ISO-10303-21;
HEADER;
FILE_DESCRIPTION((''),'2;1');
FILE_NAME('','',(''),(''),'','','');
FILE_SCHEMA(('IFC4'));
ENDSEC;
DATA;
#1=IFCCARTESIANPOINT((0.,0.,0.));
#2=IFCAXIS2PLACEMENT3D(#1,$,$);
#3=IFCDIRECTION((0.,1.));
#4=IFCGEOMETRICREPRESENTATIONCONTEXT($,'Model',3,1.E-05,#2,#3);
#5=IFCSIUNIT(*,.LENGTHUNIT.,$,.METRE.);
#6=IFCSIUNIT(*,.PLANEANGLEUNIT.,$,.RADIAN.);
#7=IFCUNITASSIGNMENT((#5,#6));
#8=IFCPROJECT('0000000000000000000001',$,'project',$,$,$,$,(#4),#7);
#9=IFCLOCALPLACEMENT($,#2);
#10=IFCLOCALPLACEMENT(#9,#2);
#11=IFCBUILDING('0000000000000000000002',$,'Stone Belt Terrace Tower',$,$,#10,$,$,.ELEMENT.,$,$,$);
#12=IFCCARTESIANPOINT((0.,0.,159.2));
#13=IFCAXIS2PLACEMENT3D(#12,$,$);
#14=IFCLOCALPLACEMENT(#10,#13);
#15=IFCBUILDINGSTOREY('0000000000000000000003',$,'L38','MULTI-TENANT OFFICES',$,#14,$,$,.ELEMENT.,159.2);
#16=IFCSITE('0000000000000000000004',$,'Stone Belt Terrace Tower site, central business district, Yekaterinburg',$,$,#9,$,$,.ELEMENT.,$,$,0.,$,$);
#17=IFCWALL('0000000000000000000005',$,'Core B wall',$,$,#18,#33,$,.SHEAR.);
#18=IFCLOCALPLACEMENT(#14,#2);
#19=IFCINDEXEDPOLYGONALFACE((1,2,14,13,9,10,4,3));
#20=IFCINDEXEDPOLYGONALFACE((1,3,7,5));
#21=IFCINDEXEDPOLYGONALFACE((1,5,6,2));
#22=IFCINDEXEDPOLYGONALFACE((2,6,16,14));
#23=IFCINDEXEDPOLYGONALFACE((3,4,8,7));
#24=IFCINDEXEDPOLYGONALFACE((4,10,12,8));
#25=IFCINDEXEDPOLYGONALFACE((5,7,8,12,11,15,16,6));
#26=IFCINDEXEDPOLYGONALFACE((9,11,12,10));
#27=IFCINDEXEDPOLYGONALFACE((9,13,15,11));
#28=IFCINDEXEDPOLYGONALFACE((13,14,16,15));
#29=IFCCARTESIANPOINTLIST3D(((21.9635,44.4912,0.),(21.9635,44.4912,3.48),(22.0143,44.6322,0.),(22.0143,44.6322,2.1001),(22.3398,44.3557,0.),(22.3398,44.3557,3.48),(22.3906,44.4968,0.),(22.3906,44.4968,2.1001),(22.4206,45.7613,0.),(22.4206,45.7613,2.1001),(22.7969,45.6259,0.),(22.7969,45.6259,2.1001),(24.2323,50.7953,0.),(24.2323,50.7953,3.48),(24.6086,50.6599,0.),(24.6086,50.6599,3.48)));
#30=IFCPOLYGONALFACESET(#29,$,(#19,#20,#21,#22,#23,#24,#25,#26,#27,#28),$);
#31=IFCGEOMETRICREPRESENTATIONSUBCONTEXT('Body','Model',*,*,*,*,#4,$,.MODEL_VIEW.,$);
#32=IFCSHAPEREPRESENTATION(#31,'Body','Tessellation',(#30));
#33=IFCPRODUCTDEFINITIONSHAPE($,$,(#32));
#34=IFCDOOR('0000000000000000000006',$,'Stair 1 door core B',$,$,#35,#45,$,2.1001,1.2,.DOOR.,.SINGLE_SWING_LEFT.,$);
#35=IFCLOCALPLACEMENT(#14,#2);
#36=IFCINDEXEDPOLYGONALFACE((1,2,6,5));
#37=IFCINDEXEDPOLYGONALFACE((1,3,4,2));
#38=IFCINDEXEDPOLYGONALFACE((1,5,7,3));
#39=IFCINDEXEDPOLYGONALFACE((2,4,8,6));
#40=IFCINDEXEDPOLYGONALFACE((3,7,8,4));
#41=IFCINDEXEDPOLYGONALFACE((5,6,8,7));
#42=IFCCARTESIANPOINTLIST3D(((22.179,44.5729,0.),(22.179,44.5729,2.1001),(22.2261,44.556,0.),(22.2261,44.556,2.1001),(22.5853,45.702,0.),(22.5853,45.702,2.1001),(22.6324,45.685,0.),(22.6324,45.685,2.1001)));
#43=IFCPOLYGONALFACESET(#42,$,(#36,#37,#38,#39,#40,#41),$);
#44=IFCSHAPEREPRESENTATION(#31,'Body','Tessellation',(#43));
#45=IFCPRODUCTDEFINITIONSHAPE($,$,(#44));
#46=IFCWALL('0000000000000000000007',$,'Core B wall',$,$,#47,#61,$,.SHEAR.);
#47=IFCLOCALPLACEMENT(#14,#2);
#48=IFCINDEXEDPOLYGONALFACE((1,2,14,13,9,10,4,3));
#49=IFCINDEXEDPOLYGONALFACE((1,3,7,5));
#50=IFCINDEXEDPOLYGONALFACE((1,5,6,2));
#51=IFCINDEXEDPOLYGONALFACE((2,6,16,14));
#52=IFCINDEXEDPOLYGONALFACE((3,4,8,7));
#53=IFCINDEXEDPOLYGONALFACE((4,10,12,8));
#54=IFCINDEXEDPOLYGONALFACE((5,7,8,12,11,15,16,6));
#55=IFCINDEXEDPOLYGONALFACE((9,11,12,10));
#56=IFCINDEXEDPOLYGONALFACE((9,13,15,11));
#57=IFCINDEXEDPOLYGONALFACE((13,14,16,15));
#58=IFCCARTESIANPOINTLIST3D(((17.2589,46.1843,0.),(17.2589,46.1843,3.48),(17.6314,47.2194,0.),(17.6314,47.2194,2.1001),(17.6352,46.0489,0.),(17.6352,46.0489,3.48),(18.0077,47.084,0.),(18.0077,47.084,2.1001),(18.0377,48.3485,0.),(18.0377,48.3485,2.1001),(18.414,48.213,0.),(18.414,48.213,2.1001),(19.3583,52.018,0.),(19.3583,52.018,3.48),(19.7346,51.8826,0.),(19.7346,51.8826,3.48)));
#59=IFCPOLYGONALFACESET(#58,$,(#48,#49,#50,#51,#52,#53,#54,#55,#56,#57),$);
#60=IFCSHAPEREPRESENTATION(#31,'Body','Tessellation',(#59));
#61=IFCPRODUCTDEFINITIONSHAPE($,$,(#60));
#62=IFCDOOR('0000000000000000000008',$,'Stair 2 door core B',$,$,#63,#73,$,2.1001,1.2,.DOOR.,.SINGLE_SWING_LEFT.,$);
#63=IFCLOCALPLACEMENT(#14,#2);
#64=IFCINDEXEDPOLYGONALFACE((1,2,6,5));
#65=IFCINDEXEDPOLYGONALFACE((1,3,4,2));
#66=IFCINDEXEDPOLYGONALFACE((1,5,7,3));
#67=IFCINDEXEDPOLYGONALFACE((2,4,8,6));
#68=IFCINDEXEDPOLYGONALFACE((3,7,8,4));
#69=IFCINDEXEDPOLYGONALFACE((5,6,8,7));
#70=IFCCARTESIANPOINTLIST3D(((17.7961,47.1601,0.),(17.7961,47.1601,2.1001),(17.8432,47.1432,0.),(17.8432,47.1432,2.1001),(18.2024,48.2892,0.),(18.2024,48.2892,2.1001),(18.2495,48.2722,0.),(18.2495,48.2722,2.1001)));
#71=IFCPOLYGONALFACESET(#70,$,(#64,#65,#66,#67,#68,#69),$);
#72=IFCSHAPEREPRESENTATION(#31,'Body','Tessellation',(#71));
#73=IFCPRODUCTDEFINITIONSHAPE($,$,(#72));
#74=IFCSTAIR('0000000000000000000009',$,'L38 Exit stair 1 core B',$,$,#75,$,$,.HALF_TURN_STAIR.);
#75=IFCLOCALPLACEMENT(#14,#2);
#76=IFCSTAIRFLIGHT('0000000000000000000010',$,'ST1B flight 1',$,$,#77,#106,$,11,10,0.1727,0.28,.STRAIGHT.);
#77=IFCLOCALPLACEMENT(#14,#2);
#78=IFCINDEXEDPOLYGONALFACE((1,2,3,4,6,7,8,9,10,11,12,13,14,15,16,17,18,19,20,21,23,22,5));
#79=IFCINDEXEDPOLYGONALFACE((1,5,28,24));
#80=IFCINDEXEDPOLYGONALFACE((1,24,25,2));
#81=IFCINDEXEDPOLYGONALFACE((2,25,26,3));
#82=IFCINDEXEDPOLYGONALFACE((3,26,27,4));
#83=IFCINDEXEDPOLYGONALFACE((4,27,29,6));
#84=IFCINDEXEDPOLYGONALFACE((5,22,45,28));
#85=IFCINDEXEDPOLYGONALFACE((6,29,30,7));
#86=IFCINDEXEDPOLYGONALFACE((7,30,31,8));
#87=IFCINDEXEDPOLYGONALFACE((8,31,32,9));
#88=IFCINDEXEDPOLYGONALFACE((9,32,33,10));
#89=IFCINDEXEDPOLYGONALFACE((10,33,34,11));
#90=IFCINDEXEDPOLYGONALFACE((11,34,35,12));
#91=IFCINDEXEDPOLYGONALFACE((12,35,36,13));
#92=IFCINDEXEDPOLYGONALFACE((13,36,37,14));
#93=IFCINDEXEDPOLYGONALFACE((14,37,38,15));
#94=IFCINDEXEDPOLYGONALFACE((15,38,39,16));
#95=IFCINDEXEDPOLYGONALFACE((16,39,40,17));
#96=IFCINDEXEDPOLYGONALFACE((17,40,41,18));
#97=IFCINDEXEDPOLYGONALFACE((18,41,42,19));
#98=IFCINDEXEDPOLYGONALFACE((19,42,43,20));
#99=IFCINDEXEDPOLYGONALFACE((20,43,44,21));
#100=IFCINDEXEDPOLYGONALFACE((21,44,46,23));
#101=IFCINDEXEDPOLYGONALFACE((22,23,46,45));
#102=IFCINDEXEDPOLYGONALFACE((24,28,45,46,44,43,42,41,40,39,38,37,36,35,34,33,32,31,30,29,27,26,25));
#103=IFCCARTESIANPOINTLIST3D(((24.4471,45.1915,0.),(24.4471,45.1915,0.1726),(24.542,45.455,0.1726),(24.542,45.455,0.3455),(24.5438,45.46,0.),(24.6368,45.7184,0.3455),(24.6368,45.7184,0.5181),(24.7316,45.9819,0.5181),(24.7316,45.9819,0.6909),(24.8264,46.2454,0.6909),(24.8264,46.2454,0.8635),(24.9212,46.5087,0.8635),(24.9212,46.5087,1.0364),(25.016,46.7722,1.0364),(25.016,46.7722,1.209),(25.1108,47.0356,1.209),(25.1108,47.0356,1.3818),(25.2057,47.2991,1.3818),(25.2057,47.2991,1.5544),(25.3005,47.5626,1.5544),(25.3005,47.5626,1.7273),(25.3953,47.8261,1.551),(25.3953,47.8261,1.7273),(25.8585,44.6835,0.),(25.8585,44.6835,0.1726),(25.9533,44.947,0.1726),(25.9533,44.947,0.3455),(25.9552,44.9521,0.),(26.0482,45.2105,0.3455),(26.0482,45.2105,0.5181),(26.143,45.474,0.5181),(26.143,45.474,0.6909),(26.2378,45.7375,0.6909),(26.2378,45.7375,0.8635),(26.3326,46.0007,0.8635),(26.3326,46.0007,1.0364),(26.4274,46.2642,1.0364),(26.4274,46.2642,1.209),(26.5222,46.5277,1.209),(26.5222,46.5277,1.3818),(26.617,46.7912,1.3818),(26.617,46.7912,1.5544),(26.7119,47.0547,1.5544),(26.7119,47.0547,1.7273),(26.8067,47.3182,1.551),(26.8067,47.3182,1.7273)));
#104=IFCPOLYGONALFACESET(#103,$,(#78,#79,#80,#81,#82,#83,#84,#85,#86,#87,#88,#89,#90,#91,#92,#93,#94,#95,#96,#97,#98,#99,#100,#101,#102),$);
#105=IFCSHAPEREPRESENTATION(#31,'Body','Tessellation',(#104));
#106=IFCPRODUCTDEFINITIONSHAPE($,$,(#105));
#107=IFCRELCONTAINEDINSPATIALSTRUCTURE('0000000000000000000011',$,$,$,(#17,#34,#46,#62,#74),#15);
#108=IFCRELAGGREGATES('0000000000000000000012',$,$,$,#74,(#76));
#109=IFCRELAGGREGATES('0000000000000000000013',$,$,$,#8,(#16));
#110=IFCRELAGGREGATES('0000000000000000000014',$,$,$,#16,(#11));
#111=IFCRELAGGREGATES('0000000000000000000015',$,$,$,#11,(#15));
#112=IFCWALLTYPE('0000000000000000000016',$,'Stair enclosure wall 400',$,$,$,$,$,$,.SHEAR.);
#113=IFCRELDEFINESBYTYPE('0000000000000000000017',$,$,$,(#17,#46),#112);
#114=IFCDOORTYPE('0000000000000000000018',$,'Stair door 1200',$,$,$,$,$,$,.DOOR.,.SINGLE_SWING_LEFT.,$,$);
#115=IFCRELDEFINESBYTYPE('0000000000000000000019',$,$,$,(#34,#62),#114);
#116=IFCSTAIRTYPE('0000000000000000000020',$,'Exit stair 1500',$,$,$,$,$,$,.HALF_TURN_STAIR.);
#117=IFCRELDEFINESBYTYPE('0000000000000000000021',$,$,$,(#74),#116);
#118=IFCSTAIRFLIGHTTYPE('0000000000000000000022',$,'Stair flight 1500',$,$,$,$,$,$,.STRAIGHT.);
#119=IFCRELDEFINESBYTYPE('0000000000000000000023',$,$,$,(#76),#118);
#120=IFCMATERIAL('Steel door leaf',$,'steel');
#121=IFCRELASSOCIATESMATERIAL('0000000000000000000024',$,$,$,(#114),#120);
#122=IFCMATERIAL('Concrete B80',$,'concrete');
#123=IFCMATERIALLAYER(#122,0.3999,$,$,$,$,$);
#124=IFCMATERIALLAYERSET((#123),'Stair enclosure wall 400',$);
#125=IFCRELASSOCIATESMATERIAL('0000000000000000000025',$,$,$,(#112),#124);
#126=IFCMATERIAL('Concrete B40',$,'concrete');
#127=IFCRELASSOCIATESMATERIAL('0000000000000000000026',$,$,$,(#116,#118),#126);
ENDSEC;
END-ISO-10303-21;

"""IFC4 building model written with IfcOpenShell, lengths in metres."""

from ifc_helpers import new_model, si_unit, direction, frame, frame_2d, origin, place, context, subcontext, project, spatial, polyline, rectangle, outline, extrude, material, layer, layer_set, type_object, element, fill, aggregate, save


model = new_model("IFC4")

# Units and contexts
model_context = context("Model", 3, precision=1e-05, world=origin(), true_north=direction((0.0, 1.0)))
body_context = subcontext(model_context, "Body", "Model", "MODEL_VIEW")
ifc_project = project(units=[si_unit("LENGTHUNIT", "METRE"), si_unit("PLANEANGLEUNIT", "RADIAN")], contexts=[model_context])

# Site, building, storey
site_placement = place(None, origin())
site = spatial("IfcSite", under=ifc_project, at=site_placement, Name="Stone Belt Terrace Tower site, central business district, Yekaterinburg", CompositionType="ELEMENT", RefElevation=0.0)
building_placement = place(site_placement, origin())
building = spatial("IfcBuilding", under=site, at=building_placement, Name="Stone Belt Terrace Tower", CompositionType="ELEMENT")
storey_placement = place(building_placement, frame((0.0, 0.0, 159.2)))
storey = spatial("IfcBuildingStorey", under=building, at=storey_placement, Name="L38", Description="MULTI-TENANT OFFICES", CompositionType="ELEMENT", Elevation=159.2)

# Shared definitions
ifc_material_1 = material(Name="Concrete B80", Category="concrete")

# Walls, openings, doors
ifc_material_2 = material(Name="Steel door leaf", Category="steel")
door_type_1 = type_object("IfcDoorType", Name="Stair door 1200", OperationType="SINGLE_SWING_LEFT", PredefinedType="DOOR", material=ifc_material_2)
ifc_layer_1 = layer(ifc_material_1, 0.3999)
ifc_layer_set_1 = layer_set([ifc_layer_1], Name="Stair enclosure wall 400")
wall_type_1 = type_object("IfcWallType", Name="Stair enclosure wall 400", PredefinedType="SHEAR", material=ifc_layer_set_1)
wall_1_placement = place(storey_placement, frame((22.1516, 44.4233, 0.0), z_axis=(0.0, 0.0, 1.0), x_axis=(0.338625, 0.940921, 0.0)))
wall_1 = element("IfcWall", 1, at=wall_1_placement, inside=storey, type_object=wall_type_1, Name="Core B wall", PredefinedType="SHEAR", context=body_context, shape_type="SweptSolid", body=[
    extrude(rectangle(XDim=6.7, YDim=0.3999, at=frame_2d((3.3501, 0.0))), origin(), (0.0, 0.0, 1.0), 3.48),
])
opening_1_placement = place(wall_1_placement, frame((0.1499, 0.0, 0.0)))
opening_1 = element("IfcOpeningElement", 2, at=opening_1_placement, cuts=wall_1, PredefinedType="OPENING", context=body_context, shape_type="SweptSolid", body=[
    extrude(rectangle(XDim=1.2, YDim=2.1001, at=frame_2d((0.6001, 1.05))), frame((0.0, 0.21, 0.0), z_axis=(0.0, -1.0, 0.0), x_axis=(1.0, 0.0, 0.0)), (0.0, 0.0, 1.0), 0.4199),
])
door_1_placement = place(opening_1_placement, origin())
door_1 = element("IfcDoor", 3, at=door_1_placement, inside=storey, type_object=door_type_1, Name="Stair 1 door core B", OperationType="SINGLE_SWING_LEFT", OverallHeight=2.1001, OverallWidth=1.2, PredefinedType="DOOR", context=body_context, shape_type="SweptSolid", body=[
    extrude(rectangle(XDim=1.2, YDim=2.1001, at=frame_2d((0.6001, 1.05))), frame((0.0, 0.0249, 0.0), z_axis=(0.0, -1.0, 0.0), x_axis=(1.0, 0.0, 0.0)), (0.0, 0.0, 1.0), 0.05),
])
fill(opening_1, door_1)
wall_2_placement = place(storey_placement, frame((17.447, 46.1165, 0.0), z_axis=(0.0, 0.0, 1.0), x_axis=(0.338608, 0.940928, 0.0)))
wall_2 = element("IfcWall", 4, at=wall_2_placement, inside=storey, type_object=wall_type_1, Name="Core B wall", PredefinedType="SHEAR", context=body_context, shape_type="SweptSolid", body=[
    extrude(rectangle(XDim=6.2, YDim=0.3999, at=frame_2d((3.1001, 0.0))), origin(), (0.0, 0.0, 1.0), 3.48),
])
opening_2_placement = place(wall_2_placement, frame((1.1001, 0.0, 0.0)))
opening_2 = element("IfcOpeningElement", 5, at=opening_2_placement, cuts=wall_2, PredefinedType="OPENING", context=body_context, shape_type="SweptSolid", body=[
    extrude(rectangle(XDim=1.2, YDim=2.1001, at=frame_2d((0.6001, 1.05))), frame((0.0, 0.21, 0.0), z_axis=(0.0, -1.0, 0.0), x_axis=(1.0, 0.0, 0.0)), (0.0, 0.0, 1.0), 0.4199),
])
door_2_placement = place(opening_2_placement, origin())
door_2 = element("IfcDoor", 6, at=door_2_placement, inside=storey, type_object=door_type_1, Name="Stair 2 door core B", OperationType="SINGLE_SWING_LEFT", OverallHeight=2.1001, OverallWidth=1.2, PredefinedType="DOOR", context=body_context, shape_type="SweptSolid", body=[
    extrude(rectangle(XDim=1.2, YDim=2.1001, at=frame_2d((0.6001, 1.05))), frame((0.0, 0.0249, 0.0), z_axis=(0.0, -1.0, 0.0), x_axis=(1.0, 0.0, 0.0)), (0.0, 0.0, 1.0), 0.05),
])
fill(opening_2, door_2)

# Stair, stair flight
ifc_material_3 = material(Name="Concrete B40", Category="concrete")
stair_type = type_object("IfcStairType", Name="Exit stair 1500", PredefinedType="HALF_TURN_STAIR", material=ifc_material_3)
stair_placement = place(storey_placement, origin())
stair = element("IfcStair", 7, at=stair_placement, inside=storey, type_object=stair_type, Name="L38 Exit stair 1 core B", PredefinedType="HALF_TURN_STAIR")
stair_flight_type = type_object("IfcStairFlightType", Name="Stair flight 1500", PredefinedType="STRAIGHT", material=ifc_material_3)
stair_flight_placement = place(storey_placement, frame((25.1528, 44.9375, 0.0), z_axis=(0.0, 0.0, 1.0), x_axis=(0.338624, 0.940922, 0.0)))
stair_flight = element("IfcStairFlight", 8, at=stair_flight_placement, type_object=stair_flight_type, Name="ST1B flight 1", NumberOfRisers=11, NumberOfTreads=10, PredefinedType="STRAIGHT", RiserHeight=0.1727, TreadLength=0.28, context=body_context, shape_type="SweptSolid", body=[
    extrude(outline(polyline([(0.0, 0.0), (0.0, 0.1726), (0.28, 0.1726), (0.28, 0.3455), (0.5601, 0.3455), (0.5601, 0.5181), (0.8401, 0.5181), (0.8401, 0.6909), (1.1201, 0.6909), (1.1201, 0.8635), (1.3999, 0.8635), (1.3999, 1.0364), (1.6799, 1.0364), (1.6799, 1.209), (1.96, 1.209), (1.96, 1.3818), (2.24, 1.3818), (2.24, 1.5544), (2.52, 1.5544), (2.52, 1.7273), (2.8, 1.7273), (2.8, 1.8999), (2.8, 1.551), (0.2854, 0.0), (0.0, 0.0)])), frame((0.0, 0.75, 0.0), z_axis=(0.0, -1.0, 0.0), x_axis=(1.0, 0.0, 0.0)), (0.0, 0.0, 1.0), 1.5),
])
aggregate(stair, [stair_flight])

save(model, "model.ifc")
